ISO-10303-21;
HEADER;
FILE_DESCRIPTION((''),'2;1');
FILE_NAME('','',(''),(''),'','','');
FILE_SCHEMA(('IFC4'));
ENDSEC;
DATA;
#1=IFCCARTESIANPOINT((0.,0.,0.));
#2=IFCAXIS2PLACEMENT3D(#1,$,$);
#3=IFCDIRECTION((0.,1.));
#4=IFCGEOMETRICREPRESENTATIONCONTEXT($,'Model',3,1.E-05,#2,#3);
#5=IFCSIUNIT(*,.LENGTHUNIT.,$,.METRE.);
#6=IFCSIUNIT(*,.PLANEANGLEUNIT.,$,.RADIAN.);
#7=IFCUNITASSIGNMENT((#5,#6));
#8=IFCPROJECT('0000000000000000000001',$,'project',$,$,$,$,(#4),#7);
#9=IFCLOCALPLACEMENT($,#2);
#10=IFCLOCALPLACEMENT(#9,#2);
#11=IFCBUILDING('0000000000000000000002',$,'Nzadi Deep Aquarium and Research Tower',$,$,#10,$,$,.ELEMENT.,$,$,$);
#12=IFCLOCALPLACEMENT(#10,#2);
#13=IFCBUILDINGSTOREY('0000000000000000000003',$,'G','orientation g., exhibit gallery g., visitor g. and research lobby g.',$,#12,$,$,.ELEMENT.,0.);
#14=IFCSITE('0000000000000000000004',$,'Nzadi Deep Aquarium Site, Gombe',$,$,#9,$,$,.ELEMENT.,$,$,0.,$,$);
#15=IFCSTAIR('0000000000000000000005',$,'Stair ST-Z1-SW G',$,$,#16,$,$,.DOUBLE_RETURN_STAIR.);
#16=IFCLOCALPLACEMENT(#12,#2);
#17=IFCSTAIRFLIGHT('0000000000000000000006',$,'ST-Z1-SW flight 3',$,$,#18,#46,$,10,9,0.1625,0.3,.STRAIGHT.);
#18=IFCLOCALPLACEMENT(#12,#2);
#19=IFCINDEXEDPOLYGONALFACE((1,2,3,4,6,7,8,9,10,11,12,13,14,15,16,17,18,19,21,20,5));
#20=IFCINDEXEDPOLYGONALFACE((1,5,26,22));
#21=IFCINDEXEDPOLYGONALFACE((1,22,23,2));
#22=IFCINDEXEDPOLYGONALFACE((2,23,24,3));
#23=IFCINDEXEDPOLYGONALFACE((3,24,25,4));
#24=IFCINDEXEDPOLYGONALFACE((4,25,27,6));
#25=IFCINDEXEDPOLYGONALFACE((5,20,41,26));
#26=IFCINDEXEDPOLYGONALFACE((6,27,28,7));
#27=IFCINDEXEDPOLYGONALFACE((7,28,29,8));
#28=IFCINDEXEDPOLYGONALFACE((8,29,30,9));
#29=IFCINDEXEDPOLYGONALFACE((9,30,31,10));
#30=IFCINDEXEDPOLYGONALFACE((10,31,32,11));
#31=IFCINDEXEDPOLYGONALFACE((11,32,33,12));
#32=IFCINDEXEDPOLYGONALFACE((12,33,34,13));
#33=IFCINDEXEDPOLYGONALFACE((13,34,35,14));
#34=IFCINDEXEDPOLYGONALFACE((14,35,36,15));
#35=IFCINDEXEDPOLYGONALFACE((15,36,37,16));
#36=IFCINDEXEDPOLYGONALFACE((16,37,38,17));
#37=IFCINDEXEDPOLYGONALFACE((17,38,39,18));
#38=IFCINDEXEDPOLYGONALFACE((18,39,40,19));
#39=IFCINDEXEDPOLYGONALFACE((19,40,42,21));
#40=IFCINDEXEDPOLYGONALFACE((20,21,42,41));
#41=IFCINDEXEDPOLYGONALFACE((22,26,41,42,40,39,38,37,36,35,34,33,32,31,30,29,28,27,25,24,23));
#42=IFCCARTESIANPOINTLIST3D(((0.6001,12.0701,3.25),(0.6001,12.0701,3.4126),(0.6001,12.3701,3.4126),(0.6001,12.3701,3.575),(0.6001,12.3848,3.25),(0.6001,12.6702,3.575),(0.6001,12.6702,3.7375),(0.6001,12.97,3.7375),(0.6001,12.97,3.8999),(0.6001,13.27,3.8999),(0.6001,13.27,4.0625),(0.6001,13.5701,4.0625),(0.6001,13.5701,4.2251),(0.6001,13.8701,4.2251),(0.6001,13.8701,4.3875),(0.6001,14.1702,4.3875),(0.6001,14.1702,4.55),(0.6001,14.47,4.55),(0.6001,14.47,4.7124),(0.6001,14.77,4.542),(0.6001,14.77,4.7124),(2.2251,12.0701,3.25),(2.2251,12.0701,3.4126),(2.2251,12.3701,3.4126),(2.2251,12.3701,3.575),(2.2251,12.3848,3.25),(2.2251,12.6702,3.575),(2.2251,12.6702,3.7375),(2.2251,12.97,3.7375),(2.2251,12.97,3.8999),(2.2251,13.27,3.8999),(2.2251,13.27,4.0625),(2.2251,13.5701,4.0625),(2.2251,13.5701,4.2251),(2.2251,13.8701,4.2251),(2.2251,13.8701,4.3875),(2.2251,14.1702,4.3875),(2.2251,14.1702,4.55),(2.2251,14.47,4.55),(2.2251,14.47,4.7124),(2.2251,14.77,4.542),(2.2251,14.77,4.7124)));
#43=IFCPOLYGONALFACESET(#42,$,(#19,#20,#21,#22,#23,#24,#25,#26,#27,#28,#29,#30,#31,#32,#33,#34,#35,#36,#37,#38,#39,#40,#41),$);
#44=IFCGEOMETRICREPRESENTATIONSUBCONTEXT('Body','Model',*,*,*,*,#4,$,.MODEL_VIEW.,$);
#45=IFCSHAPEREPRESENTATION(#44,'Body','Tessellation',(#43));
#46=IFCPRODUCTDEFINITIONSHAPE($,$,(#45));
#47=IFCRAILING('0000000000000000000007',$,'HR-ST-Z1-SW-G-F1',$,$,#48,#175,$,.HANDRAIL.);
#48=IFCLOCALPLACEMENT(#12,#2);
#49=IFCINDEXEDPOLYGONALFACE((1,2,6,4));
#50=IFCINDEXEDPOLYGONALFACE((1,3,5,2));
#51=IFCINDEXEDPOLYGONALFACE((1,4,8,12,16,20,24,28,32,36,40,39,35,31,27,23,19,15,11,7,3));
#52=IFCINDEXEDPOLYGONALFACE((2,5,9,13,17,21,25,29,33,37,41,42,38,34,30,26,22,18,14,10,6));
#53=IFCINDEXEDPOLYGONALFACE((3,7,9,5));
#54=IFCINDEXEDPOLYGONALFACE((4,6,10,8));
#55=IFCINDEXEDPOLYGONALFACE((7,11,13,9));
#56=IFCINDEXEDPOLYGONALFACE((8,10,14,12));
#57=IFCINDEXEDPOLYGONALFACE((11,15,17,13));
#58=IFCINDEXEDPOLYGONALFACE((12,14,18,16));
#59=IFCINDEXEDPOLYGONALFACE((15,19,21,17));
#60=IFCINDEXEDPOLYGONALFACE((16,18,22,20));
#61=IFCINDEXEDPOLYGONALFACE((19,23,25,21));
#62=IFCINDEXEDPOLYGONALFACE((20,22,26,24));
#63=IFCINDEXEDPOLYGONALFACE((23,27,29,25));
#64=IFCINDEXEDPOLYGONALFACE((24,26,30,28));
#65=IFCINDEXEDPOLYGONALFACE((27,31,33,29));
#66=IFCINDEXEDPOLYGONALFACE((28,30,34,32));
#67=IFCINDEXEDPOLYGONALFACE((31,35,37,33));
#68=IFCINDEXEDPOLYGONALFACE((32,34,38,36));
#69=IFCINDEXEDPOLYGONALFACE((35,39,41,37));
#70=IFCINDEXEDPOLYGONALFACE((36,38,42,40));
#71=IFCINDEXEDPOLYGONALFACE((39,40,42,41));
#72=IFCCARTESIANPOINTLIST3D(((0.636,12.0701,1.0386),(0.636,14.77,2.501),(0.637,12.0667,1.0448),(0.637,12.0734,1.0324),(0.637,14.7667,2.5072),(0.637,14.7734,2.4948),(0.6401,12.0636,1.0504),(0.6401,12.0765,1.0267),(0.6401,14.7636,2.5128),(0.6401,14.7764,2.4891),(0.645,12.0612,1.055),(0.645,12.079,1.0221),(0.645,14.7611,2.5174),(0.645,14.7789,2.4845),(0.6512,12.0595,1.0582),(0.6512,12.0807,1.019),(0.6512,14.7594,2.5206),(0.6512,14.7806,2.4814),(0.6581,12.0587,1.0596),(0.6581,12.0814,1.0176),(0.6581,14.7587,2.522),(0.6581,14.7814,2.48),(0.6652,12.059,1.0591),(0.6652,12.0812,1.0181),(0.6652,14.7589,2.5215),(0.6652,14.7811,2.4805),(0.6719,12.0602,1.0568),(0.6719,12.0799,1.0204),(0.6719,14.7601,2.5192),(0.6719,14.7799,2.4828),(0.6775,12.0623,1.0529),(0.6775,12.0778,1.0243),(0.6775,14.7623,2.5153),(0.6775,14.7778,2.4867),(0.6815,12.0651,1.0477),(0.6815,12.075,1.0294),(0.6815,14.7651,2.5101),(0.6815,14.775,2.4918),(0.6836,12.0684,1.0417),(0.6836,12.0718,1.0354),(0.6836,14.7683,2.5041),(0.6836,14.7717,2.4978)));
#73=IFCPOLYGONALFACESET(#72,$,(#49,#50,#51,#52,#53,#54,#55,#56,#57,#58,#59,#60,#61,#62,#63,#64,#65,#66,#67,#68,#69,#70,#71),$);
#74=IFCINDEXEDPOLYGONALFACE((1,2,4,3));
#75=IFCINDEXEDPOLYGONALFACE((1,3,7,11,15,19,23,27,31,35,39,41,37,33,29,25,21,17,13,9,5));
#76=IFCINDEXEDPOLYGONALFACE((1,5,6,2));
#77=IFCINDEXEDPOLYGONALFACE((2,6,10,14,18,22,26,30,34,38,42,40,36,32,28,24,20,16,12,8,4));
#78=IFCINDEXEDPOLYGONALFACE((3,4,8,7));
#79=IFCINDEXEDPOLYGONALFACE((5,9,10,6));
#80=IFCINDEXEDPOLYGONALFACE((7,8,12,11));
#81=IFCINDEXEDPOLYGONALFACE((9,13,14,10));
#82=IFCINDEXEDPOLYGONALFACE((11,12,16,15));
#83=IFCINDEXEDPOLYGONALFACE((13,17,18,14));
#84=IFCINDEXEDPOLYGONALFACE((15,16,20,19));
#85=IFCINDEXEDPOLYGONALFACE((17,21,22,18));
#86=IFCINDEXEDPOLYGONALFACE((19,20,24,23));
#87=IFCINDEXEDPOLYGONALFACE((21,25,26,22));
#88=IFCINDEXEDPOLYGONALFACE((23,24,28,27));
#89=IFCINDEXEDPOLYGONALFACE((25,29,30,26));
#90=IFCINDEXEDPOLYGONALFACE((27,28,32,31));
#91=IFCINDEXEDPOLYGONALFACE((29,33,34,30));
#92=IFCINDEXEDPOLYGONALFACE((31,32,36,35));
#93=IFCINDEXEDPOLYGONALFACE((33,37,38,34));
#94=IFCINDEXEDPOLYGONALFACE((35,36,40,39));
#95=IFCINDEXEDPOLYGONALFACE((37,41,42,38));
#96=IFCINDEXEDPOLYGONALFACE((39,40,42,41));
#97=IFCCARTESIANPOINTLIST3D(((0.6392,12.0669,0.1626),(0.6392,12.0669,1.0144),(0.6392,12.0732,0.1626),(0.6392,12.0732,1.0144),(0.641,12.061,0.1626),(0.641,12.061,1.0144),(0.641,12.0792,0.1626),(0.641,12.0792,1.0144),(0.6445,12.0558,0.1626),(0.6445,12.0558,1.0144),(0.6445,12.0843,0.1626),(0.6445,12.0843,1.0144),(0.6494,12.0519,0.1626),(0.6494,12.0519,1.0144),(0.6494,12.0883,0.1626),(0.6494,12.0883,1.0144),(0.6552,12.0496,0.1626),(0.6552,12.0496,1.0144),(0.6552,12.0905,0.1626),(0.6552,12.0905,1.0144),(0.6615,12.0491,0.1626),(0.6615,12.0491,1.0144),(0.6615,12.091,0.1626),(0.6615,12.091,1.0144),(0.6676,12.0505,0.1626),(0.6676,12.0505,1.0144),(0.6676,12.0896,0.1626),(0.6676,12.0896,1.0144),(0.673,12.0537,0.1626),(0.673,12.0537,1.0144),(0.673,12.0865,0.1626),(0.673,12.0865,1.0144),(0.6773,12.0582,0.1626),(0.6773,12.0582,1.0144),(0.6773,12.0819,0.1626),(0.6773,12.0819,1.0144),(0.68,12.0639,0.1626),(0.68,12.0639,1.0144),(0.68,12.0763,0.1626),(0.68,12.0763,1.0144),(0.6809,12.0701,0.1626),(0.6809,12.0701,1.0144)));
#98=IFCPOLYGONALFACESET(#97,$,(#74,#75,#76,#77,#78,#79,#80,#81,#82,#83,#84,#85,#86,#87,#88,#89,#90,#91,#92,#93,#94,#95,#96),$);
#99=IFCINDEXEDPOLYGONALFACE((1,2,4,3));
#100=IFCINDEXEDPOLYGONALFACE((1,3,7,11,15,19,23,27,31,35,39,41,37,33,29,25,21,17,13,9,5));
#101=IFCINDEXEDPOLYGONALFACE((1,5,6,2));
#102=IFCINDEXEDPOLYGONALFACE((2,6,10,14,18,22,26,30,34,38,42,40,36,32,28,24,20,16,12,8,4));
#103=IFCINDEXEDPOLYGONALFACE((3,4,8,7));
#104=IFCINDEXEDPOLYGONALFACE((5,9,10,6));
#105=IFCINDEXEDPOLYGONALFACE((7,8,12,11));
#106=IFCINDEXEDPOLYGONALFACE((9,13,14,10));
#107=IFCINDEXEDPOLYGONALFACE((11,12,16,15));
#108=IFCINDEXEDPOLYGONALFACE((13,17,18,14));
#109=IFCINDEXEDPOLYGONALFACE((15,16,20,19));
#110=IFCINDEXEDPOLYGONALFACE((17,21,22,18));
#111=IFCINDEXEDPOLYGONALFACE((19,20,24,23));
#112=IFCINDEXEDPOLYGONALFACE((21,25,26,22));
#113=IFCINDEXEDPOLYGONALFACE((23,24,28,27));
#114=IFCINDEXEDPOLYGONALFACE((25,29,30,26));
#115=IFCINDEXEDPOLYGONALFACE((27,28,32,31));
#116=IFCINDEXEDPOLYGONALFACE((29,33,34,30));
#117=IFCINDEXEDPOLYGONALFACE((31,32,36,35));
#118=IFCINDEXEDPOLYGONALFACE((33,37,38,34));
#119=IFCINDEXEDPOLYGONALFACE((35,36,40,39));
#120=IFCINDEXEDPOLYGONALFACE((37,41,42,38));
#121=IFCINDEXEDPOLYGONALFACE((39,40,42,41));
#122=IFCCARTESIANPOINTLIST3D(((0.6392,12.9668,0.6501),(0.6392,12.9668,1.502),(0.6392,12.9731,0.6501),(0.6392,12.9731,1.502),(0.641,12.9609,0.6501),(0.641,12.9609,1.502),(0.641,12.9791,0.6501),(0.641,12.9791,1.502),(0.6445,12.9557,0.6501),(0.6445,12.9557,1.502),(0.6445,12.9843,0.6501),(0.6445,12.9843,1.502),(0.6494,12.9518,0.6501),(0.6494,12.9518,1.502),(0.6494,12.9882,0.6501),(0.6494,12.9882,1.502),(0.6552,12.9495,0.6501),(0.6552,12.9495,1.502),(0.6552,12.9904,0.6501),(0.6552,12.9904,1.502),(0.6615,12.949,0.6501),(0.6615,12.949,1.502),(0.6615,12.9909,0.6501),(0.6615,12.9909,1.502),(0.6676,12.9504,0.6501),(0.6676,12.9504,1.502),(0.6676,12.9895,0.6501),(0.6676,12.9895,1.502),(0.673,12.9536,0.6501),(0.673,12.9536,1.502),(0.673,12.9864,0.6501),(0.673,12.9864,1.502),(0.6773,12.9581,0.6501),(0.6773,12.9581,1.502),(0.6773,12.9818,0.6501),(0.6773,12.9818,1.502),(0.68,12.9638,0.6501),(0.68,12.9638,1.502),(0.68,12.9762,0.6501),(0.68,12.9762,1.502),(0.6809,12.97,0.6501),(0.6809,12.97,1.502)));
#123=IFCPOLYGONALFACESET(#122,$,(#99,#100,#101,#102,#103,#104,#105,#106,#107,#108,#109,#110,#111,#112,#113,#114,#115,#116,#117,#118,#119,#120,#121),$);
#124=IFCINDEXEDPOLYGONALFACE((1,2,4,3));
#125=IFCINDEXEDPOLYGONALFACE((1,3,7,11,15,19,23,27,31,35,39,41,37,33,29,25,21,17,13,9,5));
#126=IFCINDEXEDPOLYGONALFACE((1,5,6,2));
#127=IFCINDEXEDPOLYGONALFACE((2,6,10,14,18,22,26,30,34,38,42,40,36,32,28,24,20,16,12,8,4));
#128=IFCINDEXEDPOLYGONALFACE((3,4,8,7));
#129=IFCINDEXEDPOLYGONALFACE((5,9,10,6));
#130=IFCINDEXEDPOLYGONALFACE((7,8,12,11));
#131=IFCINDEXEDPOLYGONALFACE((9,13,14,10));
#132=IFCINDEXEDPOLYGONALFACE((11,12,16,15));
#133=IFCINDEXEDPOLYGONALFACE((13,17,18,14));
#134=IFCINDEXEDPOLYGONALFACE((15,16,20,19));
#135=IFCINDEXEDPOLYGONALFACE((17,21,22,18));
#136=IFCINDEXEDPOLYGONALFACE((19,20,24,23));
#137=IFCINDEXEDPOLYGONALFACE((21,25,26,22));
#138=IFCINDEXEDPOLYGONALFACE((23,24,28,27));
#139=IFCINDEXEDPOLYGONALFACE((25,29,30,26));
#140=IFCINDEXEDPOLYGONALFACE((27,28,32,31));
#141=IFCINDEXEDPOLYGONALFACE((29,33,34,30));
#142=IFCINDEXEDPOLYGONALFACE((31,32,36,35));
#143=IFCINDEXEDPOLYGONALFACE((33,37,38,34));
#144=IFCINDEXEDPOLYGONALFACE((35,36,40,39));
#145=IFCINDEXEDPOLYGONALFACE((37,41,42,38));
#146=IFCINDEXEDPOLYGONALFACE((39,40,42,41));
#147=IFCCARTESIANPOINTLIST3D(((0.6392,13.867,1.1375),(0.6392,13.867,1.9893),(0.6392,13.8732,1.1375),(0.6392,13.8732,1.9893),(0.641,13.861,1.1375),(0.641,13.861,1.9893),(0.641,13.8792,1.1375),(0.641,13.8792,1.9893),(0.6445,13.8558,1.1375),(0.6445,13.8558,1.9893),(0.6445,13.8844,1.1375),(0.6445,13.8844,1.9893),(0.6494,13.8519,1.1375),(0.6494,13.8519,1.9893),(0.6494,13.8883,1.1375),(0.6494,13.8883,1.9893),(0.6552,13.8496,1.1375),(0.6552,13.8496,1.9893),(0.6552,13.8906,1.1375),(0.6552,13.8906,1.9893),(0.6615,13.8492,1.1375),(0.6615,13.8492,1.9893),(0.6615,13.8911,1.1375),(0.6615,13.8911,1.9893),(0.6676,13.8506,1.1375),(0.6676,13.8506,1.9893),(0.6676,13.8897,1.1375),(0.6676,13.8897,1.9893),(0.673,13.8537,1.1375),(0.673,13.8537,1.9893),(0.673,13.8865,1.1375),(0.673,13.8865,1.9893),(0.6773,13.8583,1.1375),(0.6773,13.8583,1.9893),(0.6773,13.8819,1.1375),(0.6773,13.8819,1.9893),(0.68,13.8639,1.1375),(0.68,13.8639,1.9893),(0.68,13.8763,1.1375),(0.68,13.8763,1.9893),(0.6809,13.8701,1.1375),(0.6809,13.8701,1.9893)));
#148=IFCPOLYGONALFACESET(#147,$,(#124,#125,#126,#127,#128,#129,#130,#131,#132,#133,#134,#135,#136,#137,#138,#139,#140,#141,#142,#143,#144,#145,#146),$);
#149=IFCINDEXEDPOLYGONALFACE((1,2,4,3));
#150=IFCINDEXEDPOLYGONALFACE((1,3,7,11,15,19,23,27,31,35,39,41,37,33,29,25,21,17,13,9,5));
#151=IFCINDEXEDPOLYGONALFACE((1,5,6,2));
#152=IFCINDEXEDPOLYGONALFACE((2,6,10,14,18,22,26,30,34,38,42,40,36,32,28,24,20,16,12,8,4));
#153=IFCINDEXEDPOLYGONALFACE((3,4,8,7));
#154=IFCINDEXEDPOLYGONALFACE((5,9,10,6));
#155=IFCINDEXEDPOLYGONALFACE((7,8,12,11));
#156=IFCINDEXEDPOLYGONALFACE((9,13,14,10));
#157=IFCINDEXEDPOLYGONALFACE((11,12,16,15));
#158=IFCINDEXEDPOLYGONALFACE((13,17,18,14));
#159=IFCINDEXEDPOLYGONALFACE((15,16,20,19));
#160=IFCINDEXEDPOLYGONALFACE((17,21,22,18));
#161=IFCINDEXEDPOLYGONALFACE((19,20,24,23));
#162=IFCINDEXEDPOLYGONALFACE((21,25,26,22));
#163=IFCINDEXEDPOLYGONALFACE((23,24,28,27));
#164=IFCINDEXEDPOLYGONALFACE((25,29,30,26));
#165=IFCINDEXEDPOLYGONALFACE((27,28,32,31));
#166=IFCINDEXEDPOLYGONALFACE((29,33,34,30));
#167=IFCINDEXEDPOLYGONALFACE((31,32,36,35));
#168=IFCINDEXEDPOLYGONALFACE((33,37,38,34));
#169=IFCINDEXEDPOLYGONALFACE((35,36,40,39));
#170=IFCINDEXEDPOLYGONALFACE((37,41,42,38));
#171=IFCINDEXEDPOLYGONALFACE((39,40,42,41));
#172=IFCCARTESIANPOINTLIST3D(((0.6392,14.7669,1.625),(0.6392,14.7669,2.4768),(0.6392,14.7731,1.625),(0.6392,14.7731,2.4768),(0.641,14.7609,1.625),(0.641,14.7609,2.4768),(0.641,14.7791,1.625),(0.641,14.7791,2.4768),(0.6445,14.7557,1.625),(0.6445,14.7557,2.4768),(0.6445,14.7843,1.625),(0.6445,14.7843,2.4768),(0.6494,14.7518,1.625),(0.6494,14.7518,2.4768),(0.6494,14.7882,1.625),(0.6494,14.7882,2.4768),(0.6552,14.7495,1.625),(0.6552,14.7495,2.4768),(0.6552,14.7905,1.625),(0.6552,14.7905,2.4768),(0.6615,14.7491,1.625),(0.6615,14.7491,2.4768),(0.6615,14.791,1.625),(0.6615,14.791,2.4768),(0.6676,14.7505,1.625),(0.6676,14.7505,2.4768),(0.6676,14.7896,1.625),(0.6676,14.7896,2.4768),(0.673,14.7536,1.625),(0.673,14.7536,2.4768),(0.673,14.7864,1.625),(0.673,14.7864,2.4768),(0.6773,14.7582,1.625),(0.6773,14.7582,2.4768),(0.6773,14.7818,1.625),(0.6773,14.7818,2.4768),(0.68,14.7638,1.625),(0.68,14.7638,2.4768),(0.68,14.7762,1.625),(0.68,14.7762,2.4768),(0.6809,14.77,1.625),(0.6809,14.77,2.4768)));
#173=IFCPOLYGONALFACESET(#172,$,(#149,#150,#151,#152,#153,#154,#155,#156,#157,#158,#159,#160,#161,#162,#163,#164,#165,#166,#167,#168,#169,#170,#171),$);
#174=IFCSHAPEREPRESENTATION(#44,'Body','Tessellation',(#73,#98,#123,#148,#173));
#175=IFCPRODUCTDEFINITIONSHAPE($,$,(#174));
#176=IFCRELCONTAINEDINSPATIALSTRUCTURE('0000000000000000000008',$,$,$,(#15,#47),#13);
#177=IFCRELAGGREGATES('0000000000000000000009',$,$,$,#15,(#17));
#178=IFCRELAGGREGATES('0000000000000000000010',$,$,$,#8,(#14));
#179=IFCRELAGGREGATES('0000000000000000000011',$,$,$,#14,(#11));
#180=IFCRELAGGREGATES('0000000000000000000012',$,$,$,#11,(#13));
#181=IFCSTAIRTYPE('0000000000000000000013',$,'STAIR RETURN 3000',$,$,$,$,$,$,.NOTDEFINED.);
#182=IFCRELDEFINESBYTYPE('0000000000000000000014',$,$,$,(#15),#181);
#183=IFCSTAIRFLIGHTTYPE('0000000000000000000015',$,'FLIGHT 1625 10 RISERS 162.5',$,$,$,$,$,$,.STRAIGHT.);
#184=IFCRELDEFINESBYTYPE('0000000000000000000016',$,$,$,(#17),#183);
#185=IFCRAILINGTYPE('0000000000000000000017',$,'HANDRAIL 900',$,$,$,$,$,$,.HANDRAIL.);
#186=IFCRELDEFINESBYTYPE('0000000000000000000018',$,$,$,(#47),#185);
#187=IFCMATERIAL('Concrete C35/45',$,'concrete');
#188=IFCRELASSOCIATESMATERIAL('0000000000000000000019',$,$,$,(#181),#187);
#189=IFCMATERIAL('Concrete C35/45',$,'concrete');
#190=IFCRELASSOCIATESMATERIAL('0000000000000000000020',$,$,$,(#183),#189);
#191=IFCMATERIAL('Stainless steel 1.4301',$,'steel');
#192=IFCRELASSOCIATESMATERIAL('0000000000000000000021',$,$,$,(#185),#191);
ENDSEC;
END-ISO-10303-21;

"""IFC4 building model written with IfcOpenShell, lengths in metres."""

from ifc_helpers import new_model, si_unit, direction, frame, origin, origin_2d, place, context, subcontext, project, spatial, polyline, circle, outline, extrude, material, type_object, element, aggregate, save


model = new_model("IFC4")

# Units and contexts
model_context = context("Model", 3, precision=1e-05, world=origin(), true_north=direction((0.0, 1.0)))
body_context = subcontext(model_context, "Body", "Model", "MODEL_VIEW")
ifc_project = project(units=[si_unit("LENGTHUNIT", "METRE"), si_unit("PLANEANGLEUNIT", "RADIAN")], contexts=[model_context])

# Site, building, storey
site_placement = place(None, origin())
site = spatial("IfcSite", under=ifc_project, at=site_placement, Name="Nzadi Deep Aquarium Site, Gombe", CompositionType="ELEMENT", RefElevation=0.0)
building_placement = place(site_placement, origin())
building = spatial("IfcBuilding", under=site, at=building_placement, Name="Nzadi Deep Aquarium and Research Tower", CompositionType="ELEMENT")
storey_placement = place(building_placement, origin())
storey = spatial("IfcBuildingStorey", under=building, at=storey_placement, Name="G", Description="orientation g., exhibit gallery g., visitor g. and research lobby g.", CompositionType="ELEMENT", Elevation=0.0)

# Stair, stair flight
ifc_material_1 = material(Name="Concrete C35/45", Category="concrete")
stair_type = type_object("IfcStairType", Name="STAIR RETURN 3000", PredefinedType="NOTDEFINED", material=ifc_material_1)
stair_placement = place(storey_placement, origin())
stair = element("IfcStair", 1, at=stair_placement, inside=storey, type_object=stair_type, Name="Stair ST-Z1-SW G", PredefinedType="DOUBLE_RETURN_STAIR")
ifc_material_2 = material(Name="Concrete C35/45", Category="concrete")
stair_flight_type = type_object("IfcStairFlightType", Name="FLIGHT 1625 10 RISERS 162.5", PredefinedType="STRAIGHT", material=ifc_material_2)
stair_flight_1_placement = place(storey_placement, frame((1.4126, 12.0701, 3.25), z_axis=(0.0, 0.0, 1.0), x_axis=(0.0, 1.0, 0.0)))
stair_flight_1 = element("IfcStairFlight", 2, at=stair_flight_1_placement, type_object=stair_flight_type, Name="ST-Z1-SW flight 3", NumberOfRisers=10, NumberOfTreads=9, PredefinedType="STRAIGHT", RiserHeight=0.1625, TreadLength=0.3, context=body_context, shape_type="SweptSolid", body=[
    extrude(outline(polyline([(0.0, 0.0), (0.0, 0.1626), (0.3, 0.1626), (0.3, 0.325), (0.6001, 0.325), (0.6001, 0.4875), (0.8999, 0.4875), (0.8999, 0.6499), (1.2, 0.6499), (1.2, 0.8125), (1.5, 0.8125), (1.5, 0.9751), (1.8, 0.9751), (1.8, 1.1375), (2.1001, 1.1375), (2.1001, 1.3), (2.3999, 1.3), (2.3999, 1.4624), (2.7, 1.4624), (2.7, 1.625), (2.7, 1.292), (0.3147, 0.0), (0.0, 0.0)])), frame((0.0, 0.8125, 0.0), z_axis=(0.0, -1.0, 0.0), x_axis=(1.0, 0.0, 0.0)), (0.0, 0.0, 1.0), 1.625),
])
aggregate(stair, [stair_flight_1])

# Railing
ifc_material_3 = material(Name="Stainless steel 1.4301", Category="steel")
railing_type = type_object("IfcRailingType", Name="HANDRAIL 900", PredefinedType="HANDRAIL", material=ifc_material_3)
for number, where, name in (
    (3, (0.6599, 12.0701, 0.1626), "HR-ST-Z1-SW-G-F1"),
):
    element("IfcRailing", number, at=place(storey_placement, frame(where)), inside=storey, type_object=railing_type, Name=name, PredefinedType="HANDRAIL", context=body_context, shape_type="SweptSolid", body=[
        extrude(circle(Radius=0.0239, at=origin_2d()), frame((0.0, 0.0, 0.876), z_axis=(0.0, 0.879302, 0.476265), x_axis=(-1.0, 0.0, 0.0)), (0.0, 0.0, 1.0), 3.0706),
        extrude(circle(Radius=0.021, at=origin_2d()), origin(), (0.0, 0.0, 1.0), 0.8518),
        extrude(circle(Radius=0.021, at=origin_2d()), frame((0.0, 0.8999, 0.4875)), (0.0, 0.0, 1.0), 0.8518),
        extrude(circle(Radius=0.021, at=origin_2d()), frame((0.0, 1.8, 0.9749)), (0.0, 0.0, 1.0), 0.8518),
        extrude(circle(Radius=0.021, at=origin_2d()), frame((0.0, 2.7, 1.4624)), (0.0, 0.0, 1.0), 0.8518),
    ])

save(model, "model.ifc")
